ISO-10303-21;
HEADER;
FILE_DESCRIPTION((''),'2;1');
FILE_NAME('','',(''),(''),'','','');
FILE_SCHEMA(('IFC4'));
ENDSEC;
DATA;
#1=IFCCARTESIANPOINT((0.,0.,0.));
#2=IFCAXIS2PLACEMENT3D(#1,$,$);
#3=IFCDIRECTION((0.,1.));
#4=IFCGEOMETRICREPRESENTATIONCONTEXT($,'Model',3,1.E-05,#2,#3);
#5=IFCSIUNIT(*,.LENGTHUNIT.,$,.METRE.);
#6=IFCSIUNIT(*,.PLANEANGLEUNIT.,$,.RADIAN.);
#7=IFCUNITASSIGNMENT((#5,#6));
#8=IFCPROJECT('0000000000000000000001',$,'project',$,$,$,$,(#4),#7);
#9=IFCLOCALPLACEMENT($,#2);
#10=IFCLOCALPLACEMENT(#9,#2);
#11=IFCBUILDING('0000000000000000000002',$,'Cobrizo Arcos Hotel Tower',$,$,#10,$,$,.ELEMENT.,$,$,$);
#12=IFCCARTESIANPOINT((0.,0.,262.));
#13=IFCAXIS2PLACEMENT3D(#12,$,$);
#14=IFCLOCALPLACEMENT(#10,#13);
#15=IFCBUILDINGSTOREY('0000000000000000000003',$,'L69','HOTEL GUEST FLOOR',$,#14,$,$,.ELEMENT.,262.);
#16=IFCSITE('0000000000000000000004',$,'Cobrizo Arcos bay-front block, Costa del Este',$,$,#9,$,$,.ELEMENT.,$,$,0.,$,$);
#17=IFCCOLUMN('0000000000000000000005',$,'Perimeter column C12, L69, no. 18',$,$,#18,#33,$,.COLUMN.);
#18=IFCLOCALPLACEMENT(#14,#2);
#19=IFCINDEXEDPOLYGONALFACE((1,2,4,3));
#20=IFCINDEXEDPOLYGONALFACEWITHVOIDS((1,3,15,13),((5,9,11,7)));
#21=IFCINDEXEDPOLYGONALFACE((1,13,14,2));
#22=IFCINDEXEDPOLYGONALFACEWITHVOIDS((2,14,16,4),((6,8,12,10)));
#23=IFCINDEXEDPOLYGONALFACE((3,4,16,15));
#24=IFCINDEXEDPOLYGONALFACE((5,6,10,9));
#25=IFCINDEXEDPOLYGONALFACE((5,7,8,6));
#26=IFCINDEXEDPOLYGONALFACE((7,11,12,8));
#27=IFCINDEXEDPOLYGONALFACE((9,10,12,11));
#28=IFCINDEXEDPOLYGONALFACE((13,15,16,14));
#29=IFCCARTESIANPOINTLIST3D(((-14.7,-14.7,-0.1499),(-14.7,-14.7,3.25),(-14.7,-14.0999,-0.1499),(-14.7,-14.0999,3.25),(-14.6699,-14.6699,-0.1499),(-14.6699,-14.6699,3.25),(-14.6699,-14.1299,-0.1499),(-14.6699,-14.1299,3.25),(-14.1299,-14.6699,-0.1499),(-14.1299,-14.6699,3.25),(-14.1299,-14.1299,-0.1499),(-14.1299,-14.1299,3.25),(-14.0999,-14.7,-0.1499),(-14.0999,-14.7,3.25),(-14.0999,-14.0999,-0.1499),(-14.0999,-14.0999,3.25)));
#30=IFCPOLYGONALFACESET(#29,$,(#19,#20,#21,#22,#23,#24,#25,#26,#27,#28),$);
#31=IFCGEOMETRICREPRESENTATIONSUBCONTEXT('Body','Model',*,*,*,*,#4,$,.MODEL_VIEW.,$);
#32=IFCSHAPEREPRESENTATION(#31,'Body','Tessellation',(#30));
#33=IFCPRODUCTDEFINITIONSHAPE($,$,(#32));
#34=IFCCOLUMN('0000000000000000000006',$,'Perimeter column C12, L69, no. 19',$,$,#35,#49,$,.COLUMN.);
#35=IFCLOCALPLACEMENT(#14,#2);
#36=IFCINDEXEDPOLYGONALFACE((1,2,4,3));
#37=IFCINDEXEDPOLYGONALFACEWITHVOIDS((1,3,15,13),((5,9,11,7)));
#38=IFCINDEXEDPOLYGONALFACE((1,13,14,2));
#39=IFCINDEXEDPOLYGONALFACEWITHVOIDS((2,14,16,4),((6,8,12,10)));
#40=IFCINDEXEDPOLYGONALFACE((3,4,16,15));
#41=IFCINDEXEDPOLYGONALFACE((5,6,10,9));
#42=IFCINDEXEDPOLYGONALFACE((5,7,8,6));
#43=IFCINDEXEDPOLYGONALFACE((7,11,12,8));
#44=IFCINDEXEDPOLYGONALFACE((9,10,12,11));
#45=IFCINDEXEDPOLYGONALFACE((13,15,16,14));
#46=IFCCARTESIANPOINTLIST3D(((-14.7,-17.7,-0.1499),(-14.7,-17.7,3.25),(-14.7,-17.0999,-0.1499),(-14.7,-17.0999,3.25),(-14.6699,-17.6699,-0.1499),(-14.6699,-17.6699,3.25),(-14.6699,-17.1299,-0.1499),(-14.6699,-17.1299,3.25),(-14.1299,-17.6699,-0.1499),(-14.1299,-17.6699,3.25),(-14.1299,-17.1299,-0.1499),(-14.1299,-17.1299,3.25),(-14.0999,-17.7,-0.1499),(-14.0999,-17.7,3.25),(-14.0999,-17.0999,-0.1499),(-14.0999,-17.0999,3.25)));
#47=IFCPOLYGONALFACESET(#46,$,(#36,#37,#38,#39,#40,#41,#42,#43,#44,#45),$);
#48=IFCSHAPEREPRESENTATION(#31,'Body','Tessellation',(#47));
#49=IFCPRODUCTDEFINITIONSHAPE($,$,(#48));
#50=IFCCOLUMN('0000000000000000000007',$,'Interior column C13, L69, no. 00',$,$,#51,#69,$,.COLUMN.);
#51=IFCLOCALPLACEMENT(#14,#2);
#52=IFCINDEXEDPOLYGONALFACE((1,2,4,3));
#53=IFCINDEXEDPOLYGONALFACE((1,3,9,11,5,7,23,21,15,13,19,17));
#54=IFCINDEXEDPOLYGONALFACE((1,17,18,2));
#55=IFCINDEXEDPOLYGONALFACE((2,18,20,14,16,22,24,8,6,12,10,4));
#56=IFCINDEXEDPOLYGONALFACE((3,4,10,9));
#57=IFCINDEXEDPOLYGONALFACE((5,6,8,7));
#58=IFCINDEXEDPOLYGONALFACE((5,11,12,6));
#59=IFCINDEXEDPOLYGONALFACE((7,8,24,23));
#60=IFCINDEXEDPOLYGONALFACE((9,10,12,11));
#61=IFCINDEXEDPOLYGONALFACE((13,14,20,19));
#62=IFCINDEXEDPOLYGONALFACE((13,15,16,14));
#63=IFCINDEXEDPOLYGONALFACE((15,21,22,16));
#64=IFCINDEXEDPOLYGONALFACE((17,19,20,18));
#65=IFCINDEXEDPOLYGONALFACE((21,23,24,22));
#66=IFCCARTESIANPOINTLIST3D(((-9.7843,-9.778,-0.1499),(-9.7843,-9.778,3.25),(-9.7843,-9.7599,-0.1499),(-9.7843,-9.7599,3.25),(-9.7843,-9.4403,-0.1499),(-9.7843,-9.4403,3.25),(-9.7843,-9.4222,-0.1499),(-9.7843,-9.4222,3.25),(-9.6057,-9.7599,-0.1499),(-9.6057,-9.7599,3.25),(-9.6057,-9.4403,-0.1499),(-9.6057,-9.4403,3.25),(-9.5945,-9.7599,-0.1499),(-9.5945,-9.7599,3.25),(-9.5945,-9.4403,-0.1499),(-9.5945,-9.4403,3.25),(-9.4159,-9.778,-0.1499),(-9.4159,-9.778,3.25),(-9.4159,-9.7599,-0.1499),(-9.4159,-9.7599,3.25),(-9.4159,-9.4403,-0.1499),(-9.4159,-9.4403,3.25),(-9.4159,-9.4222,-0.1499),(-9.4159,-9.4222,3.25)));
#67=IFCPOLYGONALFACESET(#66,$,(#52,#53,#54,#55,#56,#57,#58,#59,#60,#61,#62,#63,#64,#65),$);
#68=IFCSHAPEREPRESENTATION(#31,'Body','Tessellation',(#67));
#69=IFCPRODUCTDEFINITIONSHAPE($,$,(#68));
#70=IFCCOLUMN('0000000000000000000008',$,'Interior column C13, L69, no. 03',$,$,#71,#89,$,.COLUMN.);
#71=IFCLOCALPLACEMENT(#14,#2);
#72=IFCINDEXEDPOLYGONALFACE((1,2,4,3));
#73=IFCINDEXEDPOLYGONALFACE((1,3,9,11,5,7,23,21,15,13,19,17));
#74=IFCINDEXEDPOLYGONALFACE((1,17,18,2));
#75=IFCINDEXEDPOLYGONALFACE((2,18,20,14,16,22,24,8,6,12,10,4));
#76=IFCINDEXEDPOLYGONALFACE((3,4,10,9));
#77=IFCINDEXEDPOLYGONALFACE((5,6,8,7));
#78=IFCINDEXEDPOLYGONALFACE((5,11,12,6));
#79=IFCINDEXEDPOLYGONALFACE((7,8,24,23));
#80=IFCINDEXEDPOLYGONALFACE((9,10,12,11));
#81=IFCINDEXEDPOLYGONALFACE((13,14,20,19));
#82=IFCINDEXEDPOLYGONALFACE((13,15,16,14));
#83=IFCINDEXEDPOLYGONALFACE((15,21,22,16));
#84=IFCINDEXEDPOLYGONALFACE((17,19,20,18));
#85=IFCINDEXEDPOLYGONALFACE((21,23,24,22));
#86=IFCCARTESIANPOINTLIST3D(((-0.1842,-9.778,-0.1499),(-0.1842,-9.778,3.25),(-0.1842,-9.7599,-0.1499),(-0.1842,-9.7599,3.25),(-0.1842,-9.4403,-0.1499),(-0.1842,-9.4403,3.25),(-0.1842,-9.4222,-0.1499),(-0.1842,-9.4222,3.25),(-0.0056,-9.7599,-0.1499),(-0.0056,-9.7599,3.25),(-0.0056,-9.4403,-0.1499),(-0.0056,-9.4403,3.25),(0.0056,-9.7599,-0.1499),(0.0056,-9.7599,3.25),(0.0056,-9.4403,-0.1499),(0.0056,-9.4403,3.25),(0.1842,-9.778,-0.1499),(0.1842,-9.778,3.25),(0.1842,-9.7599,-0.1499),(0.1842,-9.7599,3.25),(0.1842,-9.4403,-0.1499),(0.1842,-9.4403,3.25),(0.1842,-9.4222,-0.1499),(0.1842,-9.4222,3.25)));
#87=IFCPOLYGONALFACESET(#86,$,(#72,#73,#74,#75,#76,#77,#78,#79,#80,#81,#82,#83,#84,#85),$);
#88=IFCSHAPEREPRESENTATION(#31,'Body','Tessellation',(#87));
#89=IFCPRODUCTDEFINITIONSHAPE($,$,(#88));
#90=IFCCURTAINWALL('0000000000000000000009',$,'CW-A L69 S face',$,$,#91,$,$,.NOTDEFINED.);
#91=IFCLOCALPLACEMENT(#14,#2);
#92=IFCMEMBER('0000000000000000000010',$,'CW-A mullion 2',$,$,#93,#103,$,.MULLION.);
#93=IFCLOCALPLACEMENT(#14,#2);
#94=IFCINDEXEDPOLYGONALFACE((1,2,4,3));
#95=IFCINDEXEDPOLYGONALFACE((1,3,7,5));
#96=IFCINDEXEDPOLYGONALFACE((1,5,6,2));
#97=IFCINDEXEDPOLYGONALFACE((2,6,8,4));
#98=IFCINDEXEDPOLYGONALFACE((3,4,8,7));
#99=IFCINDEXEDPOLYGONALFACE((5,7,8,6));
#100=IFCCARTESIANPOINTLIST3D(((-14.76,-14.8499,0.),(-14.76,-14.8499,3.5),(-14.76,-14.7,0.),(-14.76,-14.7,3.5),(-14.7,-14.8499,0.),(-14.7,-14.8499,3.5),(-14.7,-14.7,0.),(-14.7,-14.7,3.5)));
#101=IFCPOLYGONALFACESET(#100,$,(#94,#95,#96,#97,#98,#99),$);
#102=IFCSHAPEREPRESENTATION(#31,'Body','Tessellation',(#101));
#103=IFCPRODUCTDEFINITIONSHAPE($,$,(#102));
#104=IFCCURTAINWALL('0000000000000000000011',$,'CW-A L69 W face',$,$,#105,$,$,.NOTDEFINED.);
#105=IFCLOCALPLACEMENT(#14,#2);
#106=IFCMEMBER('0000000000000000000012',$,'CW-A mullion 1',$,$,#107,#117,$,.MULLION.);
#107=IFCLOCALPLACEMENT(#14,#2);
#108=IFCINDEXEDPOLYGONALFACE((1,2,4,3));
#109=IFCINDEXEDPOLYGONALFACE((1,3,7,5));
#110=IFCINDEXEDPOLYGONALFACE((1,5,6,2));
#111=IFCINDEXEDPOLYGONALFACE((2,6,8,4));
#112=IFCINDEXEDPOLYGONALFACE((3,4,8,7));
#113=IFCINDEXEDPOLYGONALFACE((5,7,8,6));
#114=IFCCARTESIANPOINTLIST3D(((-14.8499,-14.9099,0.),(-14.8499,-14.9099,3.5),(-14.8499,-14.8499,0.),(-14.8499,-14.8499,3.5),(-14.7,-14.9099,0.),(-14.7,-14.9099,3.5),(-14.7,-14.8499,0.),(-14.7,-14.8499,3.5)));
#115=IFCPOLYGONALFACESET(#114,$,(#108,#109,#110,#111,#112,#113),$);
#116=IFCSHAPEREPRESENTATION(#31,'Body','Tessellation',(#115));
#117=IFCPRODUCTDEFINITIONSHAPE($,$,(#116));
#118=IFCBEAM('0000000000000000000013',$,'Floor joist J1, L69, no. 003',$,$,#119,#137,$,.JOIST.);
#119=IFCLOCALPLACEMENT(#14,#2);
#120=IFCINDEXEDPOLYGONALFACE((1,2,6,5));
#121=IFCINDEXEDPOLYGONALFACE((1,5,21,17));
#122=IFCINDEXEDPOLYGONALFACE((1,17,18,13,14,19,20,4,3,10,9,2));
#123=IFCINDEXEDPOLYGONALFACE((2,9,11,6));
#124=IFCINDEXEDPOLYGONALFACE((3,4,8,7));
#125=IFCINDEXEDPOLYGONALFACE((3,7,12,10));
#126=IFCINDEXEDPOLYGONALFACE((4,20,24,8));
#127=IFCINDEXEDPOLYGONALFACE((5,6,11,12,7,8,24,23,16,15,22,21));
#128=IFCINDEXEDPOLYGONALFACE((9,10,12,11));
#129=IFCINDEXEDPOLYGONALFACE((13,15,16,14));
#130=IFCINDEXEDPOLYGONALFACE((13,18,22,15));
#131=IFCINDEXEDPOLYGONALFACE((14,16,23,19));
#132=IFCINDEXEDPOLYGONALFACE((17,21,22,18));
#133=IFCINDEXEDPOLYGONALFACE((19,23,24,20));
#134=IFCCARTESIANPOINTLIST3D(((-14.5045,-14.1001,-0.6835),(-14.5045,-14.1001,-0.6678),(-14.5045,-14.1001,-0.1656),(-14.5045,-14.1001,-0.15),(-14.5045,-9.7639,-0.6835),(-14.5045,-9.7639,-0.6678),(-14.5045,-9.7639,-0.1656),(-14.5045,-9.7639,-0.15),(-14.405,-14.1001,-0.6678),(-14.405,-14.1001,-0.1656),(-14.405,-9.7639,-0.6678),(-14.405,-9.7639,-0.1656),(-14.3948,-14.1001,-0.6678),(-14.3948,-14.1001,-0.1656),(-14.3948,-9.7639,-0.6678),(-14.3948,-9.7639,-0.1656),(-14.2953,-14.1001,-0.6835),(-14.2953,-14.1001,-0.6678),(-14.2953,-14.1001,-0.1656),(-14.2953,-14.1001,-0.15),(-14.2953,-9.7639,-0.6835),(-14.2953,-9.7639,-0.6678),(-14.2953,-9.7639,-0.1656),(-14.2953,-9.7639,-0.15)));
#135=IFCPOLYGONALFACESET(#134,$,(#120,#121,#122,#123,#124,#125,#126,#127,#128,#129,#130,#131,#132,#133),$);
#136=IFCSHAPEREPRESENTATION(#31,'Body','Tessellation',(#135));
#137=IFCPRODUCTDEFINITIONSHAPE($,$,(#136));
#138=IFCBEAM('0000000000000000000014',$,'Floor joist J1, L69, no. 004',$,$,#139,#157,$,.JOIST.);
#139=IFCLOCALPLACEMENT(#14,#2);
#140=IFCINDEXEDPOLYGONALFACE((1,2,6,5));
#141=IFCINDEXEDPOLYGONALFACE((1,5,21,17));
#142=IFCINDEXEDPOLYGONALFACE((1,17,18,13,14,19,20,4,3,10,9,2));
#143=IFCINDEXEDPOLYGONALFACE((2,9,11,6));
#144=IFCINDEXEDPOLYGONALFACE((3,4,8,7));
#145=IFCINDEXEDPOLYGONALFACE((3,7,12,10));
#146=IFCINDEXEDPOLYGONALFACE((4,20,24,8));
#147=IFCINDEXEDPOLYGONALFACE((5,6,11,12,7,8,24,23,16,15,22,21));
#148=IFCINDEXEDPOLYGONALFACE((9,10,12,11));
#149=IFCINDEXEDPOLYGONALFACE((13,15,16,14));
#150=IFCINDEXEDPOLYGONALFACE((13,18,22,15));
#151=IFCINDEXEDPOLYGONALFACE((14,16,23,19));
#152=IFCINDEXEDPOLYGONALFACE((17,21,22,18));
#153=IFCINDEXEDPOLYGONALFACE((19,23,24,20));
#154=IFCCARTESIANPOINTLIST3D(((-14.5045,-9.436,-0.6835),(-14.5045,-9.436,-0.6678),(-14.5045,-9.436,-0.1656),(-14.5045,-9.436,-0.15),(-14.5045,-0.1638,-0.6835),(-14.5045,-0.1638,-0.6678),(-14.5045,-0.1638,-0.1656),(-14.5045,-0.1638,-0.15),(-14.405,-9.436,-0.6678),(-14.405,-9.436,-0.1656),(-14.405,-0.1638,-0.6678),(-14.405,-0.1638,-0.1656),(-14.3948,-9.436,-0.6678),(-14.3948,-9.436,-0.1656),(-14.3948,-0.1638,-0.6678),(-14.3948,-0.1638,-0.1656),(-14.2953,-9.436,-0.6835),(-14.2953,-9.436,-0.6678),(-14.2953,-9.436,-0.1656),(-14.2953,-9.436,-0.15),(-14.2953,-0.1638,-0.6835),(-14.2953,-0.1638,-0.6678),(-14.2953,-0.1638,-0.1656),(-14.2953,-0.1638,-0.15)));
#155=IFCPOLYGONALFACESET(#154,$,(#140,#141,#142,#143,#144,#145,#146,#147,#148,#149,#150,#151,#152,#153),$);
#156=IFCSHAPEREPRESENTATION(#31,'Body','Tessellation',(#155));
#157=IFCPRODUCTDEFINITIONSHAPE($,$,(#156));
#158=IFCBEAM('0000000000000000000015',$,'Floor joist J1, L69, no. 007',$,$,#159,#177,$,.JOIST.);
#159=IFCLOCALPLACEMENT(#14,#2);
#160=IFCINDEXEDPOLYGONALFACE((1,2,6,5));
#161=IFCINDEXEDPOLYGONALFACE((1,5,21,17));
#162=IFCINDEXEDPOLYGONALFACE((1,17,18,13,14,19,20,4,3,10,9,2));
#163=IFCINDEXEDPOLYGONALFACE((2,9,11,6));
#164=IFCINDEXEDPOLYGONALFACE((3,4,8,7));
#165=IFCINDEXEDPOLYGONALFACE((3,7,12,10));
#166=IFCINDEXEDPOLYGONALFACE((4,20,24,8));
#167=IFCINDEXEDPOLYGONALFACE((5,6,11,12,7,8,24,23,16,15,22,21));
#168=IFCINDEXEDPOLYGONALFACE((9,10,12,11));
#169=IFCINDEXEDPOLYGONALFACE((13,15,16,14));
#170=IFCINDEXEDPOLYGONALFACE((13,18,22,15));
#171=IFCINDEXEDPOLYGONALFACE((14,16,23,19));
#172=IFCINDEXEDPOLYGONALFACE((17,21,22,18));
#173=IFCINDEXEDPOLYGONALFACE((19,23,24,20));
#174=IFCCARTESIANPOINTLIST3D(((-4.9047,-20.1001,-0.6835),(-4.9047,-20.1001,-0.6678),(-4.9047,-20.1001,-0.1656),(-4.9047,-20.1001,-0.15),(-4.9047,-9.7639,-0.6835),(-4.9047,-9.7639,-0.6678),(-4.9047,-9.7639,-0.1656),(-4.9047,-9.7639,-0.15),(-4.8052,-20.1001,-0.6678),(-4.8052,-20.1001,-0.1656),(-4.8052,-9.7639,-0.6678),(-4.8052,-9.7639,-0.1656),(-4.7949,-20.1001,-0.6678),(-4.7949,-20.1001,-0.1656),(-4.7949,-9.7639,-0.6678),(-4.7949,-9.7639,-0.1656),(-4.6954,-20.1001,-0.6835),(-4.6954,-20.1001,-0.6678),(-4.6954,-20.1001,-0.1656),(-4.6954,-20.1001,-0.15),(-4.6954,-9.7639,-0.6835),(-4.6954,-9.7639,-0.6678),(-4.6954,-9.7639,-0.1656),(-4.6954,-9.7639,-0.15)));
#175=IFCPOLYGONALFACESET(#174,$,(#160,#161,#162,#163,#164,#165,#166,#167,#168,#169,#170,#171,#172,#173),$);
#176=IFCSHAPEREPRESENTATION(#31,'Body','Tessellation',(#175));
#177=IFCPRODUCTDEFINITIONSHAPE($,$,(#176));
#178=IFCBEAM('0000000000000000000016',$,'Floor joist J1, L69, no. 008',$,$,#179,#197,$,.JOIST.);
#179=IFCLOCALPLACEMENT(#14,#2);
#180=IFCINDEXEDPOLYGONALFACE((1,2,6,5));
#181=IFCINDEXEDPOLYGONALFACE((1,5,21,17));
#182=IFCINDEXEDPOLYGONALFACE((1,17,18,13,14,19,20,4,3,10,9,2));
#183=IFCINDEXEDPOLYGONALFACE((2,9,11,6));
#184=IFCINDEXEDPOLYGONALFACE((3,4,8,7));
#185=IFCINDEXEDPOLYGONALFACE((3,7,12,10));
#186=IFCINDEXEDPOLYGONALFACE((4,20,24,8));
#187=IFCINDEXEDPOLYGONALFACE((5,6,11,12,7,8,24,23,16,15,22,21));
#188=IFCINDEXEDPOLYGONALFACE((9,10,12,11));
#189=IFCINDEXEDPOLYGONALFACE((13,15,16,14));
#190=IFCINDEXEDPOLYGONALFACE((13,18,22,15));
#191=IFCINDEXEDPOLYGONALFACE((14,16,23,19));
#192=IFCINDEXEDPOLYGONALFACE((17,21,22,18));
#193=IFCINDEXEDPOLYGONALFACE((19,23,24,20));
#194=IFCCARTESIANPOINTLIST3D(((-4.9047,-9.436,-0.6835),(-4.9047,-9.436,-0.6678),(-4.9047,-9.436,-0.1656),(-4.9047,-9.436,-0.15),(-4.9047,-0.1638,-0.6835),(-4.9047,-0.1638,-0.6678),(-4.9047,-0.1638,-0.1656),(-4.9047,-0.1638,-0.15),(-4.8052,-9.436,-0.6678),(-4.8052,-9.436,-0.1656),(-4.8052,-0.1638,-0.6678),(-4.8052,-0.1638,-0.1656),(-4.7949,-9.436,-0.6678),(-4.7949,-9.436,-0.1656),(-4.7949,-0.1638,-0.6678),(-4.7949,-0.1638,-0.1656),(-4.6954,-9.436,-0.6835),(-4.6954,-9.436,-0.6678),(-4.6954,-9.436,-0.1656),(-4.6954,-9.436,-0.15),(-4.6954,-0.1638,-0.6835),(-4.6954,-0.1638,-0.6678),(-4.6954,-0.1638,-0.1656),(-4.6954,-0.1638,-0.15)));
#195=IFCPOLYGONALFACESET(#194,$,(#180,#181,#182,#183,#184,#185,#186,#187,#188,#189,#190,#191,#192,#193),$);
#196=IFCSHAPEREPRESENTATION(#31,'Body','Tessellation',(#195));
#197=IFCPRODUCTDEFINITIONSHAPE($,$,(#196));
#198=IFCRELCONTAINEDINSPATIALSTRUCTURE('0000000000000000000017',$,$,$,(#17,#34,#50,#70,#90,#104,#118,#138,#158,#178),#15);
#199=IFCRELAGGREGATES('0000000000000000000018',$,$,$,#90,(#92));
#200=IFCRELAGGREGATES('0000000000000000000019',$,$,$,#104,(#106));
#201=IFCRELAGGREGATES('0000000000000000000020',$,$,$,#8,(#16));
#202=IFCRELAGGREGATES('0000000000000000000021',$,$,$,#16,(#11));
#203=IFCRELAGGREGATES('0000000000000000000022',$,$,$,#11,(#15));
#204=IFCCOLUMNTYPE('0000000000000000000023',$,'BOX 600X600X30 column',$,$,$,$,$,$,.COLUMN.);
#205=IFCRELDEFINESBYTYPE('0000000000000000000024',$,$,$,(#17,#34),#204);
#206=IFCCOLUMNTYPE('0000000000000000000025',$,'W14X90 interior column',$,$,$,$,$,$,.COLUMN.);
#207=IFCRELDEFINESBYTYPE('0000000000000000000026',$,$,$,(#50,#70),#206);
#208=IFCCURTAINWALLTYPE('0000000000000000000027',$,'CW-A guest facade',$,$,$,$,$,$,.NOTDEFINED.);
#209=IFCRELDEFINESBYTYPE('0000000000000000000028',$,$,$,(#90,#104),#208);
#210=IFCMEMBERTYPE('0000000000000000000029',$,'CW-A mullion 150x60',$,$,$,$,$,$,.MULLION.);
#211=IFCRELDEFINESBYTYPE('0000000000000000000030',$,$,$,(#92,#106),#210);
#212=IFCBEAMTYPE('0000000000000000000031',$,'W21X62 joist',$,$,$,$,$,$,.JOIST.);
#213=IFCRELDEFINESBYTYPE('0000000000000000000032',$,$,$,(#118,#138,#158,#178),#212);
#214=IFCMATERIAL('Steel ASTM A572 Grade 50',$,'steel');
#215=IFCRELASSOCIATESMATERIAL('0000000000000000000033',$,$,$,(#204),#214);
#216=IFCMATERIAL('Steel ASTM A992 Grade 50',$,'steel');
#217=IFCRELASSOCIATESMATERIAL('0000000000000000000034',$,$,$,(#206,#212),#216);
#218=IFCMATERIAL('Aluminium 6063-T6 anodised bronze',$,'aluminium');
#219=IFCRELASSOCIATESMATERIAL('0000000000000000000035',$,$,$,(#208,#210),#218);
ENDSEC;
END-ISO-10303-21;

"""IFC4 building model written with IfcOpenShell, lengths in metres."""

from ifc_helpers import new_model, si_unit, direction, frame, origin, origin_2d, place, context, subcontext, project, spatial, rectangle, hollow_rectangle, i_section, extrude, material, material_profile, profile_set, type_object, element, aggregate, save


model = new_model("IFC4")

# Units and contexts
model_context = context("Model", 3, precision=1e-05, world=origin(), true_north=direction((0.0, 1.0)))
body_context = subcontext(model_context, "Body", "Model", "MODEL_VIEW")
ifc_project = project(units=[si_unit("LENGTHUNIT", "METRE"), si_unit("PLANEANGLEUNIT", "RADIAN")], contexts=[model_context])

# Site, building, storey
site_placement = place(None, origin())
site = spatial("IfcSite", under=ifc_project, at=site_placement, Name="Cobrizo Arcos bay-front block, Costa del Este", CompositionType="ELEMENT", RefElevation=0.0)
building_placement = place(site_placement, origin())
building = spatial("IfcBuilding", under=site, at=building_placement, Name="Cobrizo Arcos Hotel Tower", CompositionType="ELEMENT")
storey_placement = place(building_placement, frame((0.0, 0.0, 262.0)))
storey = spatial("IfcBuildingStorey", under=building, at=storey_placement, Name="L69", Description="HOTEL GUEST FLOOR", CompositionType="ELEMENT", Elevation=262.0)

# Columns
ifc_material_1 = material(Name="Steel ASTM A572 Grade 50", Category="steel")
ifc_material_profile_1 = material_profile(ifc_material_1, hollow_rectangle(XDim=0.6001, YDim=0.6001, WallThickness=0.03, at=origin_2d()), Name="BOX 600X600X30")
ifc_profile_set_1 = profile_set([ifc_material_profile_1], Name="Steel ASTM A572 Grade 50")
column_type_1 = type_object("IfcColumnType", Name="BOX 600X600X30 column", PredefinedType="COLUMN", material=ifc_profile_set_1)
for number, where, z_axis, x_axis, name in (
    (1, (-14.3999, -14.3999, -0.1499), (0.0, 0.0, 1.0), (1.0, 0.0, 0.0), "Perimeter column C12, L69, no. 18"),
    (2, (-14.3999, -17.3999, -0.1499), (0.0, 0.0, 1.0), (1.0, 0.0, 0.0), "Perimeter column C12, L69, no. 19"),
):
    element("IfcColumn", number, at=place(storey_placement, frame(where, z_axis=z_axis, x_axis=x_axis)), inside=storey, type_object=column_type_1, Name=name, PredefinedType="COLUMN", context=body_context, shape_type="SweptSolid", body=[
        extrude(hollow_rectangle(XDim=0.6001, YDim=0.6001, WallThickness=0.03, at=origin_2d()), origin(), (0.0, 0.0, 1.0), 3.3999),
    ])
ifc_material_2 = material(Name="Steel ASTM A992 Grade 50", Category="steel")
ifc_material_profile_2 = material_profile(ifc_material_2, i_section(OverallWidth=0.3684, OverallDepth=0.3557, WebThickness=0.0112, FlangeThickness=0.0181, at=origin_2d()), Name="W14X90")
ifc_profile_set_2 = profile_set([ifc_material_profile_2], Name="Steel ASTM A992 Grade 50")
column_type_2 = type_object("IfcColumnType", Name="W14X90 interior column", PredefinedType="COLUMN", material=ifc_profile_set_2)
for number, where, z_axis, x_axis, name in (
    (3, (-9.6001, -9.6001, -0.1499), (0.0, 0.0, 1.0), (1.0, 0.0, 0.0), "Interior column C13, L69, no. 00"),
    (4, (0.0, -9.6001, -0.1499), (0.0, 0.0, 1.0), (1.0, 0.0, 0.0), "Interior column C13, L69, no. 03"),
):
    element("IfcColumn", number, at=place(storey_placement, frame(where, z_axis=z_axis, x_axis=x_axis)), inside=storey, type_object=column_type_2, Name=name, PredefinedType="COLUMN", context=body_context, shape_type="SweptSolid", body=[
        extrude(i_section(OverallWidth=0.3684, OverallDepth=0.3557, WebThickness=0.0112, FlangeThickness=0.0181, at=origin_2d()), origin(), (0.0, 0.0, 1.0), 3.3999),
    ])

# Curtain walls, members
ifc_material_3 = material(Name="Aluminium 6063-T6 anodised bronze", Category="aluminium")
curtain_wall_type = type_object("IfcCurtainWallType", Name="CW-A guest facade", PredefinedType="NOTDEFINED", material=ifc_material_3)
curtain_wall_1_placement = place(storey_placement, origin())
curtain_wall_1 = element("IfcCurtainWall", 5, at=curtain_wall_1_placement, inside=storey, type_object=curtain_wall_type, Name="CW-A L69 S face", PredefinedType="NOTDEFINED")
ifc_material_profile_3 = material_profile(ifc_material_3, rectangle(XDim=0.1499, YDim=0.0601, at=origin_2d()), Name="CW-A mullion 150x60")
ifc_profile_set_3 = profile_set([ifc_material_profile_3], Name="Aluminium 6063-T6 anodised bronze")
member_type = type_object("IfcMemberType", Name="CW-A mullion 150x60", PredefinedType="MULLION", material=ifc_profile_set_3)
member_1_placement = place(storey_placement, frame((-14.73, -14.7749, 0.0), z_axis=(0.0, 0.0, 1.0), x_axis=(0.0, -1.0, 0.0)))
member_1 = element("IfcMember", 6, at=member_1_placement, type_object=member_type, Name="CW-A mullion 2", PredefinedType="MULLION", context=body_context, shape_type="SweptSolid", body=[
    extrude(rectangle(XDim=0.1499, YDim=0.0601, at=origin_2d()), origin(), (0.0, 0.0, 1.0), 3.5),
])
aggregate(curtain_wall_1, [member_1])
curtain_wall_2_placement = place(storey_placement, origin())
curtain_wall_2 = element("IfcCurtainWall", 7, at=curtain_wall_2_placement, inside=storey, type_object=curtain_wall_type, Name="CW-A L69 W face", PredefinedType="NOTDEFINED")
member_2_placement = place(storey_placement, frame((-14.7749, -14.8799, 0.0), z_axis=(0.0, 0.0, 1.0), x_axis=(-1.0, 0.0, 0.0)))
member_2 = element("IfcMember", 8, at=member_2_placement, type_object=member_type, Name="CW-A mullion 1", PredefinedType="MULLION", context=body_context, shape_type="SweptSolid", body=[
    extrude(rectangle(XDim=0.1499, YDim=0.0601, at=origin_2d()), origin(), (0.0, 0.0, 1.0), 3.5),
])

# Beams
ifc_material_profile_4 = material_profile(ifc_material_2, i_section(OverallWidth=0.2092, OverallDepth=0.5334, WebThickness=0.0103, FlangeThickness=0.0156, at=origin_2d()), Name="W21X62")
ifc_profile_set_4 = profile_set([ifc_material_profile_4], Name="Steel ASTM A992 Grade 50")
beam_type_1 = type_object("IfcBeamType", Name="W21X62 joist", PredefinedType="JOIST", material=ifc_profile_set_4)
beam_1_placement = place(storey_placement, frame((-14.3999, -14.1001, -0.4167), z_axis=(0.0, 1.0, 0.0), x_axis=(-1.0, 0.0, 0.0)))
element("IfcBeam", 9, at=beam_1_placement, inside=storey, type_object=beam_type_1, Name="Floor joist J1, L69, no. 003", PredefinedType="JOIST", context=body_context, shape_type="SweptSolid", body=[
    extrude(i_section(OverallWidth=0.2092, OverallDepth=0.5334, WebThickness=0.0103, FlangeThickness=0.0156, at=origin_2d()), origin(), (0.0, 0.0, 1.0), 4.3362),
])
beam_2_placement = place(storey_placement, frame((-14.3999, -9.436, -0.4167), z_axis=(0.0, 1.0, 0.0), x_axis=(-1.0, 0.0, 0.0)))
element("IfcBeam", 10, at=beam_2_placement, inside=storey, type_object=beam_type_1, Name="Floor joist J1, L69, no. 004", PredefinedType="JOIST", context=body_context, shape_type="SweptSolid", body=[
    extrude(i_section(OverallWidth=0.2092, OverallDepth=0.5334, WebThickness=0.0103, FlangeThickness=0.0156, at=origin_2d()), origin(), (0.0, 0.0, 1.0), 9.2722),
])
beam_3_placement = place(storey_placement, frame((-4.8, -20.1001, -0.4167), z_axis=(0.0, 1.0, 0.0), x_axis=(-1.0, 0.0, 0.0)))
element("IfcBeam", 11, at=beam_3_placement, inside=storey, type_object=beam_type_1, Name="Floor joist J1, L69, no. 007", PredefinedType="JOIST", context=body_context, shape_type="SweptSolid", body=[
    extrude(i_section(OverallWidth=0.2092, OverallDepth=0.5334, WebThickness=0.0103, FlangeThickness=0.0156, at=origin_2d()), origin(), (0.0, 0.0, 1.0), 10.3362),
])
beam_4_placement = place(storey_placement, frame((-4.8, -9.436, -0.4167), z_axis=(0.0, 1.0, 0.0), x_axis=(-1.0, 0.0, 0.0)))
element("IfcBeam", 12, at=beam_4_placement, inside=storey, type_object=beam_type_1, Name="Floor joist J1, L69, no. 008", PredefinedType="JOIST", context=body_context, shape_type="SweptSolid", body=[
    extrude(i_section(OverallWidth=0.2092, OverallDepth=0.5334, WebThickness=0.0103, FlangeThickness=0.0156, at=origin_2d()), origin(), (0.0, 0.0, 1.0), 9.2722),
])

aggregate(curtain_wall_2, [member_2])

save(model, "model.ifc")
